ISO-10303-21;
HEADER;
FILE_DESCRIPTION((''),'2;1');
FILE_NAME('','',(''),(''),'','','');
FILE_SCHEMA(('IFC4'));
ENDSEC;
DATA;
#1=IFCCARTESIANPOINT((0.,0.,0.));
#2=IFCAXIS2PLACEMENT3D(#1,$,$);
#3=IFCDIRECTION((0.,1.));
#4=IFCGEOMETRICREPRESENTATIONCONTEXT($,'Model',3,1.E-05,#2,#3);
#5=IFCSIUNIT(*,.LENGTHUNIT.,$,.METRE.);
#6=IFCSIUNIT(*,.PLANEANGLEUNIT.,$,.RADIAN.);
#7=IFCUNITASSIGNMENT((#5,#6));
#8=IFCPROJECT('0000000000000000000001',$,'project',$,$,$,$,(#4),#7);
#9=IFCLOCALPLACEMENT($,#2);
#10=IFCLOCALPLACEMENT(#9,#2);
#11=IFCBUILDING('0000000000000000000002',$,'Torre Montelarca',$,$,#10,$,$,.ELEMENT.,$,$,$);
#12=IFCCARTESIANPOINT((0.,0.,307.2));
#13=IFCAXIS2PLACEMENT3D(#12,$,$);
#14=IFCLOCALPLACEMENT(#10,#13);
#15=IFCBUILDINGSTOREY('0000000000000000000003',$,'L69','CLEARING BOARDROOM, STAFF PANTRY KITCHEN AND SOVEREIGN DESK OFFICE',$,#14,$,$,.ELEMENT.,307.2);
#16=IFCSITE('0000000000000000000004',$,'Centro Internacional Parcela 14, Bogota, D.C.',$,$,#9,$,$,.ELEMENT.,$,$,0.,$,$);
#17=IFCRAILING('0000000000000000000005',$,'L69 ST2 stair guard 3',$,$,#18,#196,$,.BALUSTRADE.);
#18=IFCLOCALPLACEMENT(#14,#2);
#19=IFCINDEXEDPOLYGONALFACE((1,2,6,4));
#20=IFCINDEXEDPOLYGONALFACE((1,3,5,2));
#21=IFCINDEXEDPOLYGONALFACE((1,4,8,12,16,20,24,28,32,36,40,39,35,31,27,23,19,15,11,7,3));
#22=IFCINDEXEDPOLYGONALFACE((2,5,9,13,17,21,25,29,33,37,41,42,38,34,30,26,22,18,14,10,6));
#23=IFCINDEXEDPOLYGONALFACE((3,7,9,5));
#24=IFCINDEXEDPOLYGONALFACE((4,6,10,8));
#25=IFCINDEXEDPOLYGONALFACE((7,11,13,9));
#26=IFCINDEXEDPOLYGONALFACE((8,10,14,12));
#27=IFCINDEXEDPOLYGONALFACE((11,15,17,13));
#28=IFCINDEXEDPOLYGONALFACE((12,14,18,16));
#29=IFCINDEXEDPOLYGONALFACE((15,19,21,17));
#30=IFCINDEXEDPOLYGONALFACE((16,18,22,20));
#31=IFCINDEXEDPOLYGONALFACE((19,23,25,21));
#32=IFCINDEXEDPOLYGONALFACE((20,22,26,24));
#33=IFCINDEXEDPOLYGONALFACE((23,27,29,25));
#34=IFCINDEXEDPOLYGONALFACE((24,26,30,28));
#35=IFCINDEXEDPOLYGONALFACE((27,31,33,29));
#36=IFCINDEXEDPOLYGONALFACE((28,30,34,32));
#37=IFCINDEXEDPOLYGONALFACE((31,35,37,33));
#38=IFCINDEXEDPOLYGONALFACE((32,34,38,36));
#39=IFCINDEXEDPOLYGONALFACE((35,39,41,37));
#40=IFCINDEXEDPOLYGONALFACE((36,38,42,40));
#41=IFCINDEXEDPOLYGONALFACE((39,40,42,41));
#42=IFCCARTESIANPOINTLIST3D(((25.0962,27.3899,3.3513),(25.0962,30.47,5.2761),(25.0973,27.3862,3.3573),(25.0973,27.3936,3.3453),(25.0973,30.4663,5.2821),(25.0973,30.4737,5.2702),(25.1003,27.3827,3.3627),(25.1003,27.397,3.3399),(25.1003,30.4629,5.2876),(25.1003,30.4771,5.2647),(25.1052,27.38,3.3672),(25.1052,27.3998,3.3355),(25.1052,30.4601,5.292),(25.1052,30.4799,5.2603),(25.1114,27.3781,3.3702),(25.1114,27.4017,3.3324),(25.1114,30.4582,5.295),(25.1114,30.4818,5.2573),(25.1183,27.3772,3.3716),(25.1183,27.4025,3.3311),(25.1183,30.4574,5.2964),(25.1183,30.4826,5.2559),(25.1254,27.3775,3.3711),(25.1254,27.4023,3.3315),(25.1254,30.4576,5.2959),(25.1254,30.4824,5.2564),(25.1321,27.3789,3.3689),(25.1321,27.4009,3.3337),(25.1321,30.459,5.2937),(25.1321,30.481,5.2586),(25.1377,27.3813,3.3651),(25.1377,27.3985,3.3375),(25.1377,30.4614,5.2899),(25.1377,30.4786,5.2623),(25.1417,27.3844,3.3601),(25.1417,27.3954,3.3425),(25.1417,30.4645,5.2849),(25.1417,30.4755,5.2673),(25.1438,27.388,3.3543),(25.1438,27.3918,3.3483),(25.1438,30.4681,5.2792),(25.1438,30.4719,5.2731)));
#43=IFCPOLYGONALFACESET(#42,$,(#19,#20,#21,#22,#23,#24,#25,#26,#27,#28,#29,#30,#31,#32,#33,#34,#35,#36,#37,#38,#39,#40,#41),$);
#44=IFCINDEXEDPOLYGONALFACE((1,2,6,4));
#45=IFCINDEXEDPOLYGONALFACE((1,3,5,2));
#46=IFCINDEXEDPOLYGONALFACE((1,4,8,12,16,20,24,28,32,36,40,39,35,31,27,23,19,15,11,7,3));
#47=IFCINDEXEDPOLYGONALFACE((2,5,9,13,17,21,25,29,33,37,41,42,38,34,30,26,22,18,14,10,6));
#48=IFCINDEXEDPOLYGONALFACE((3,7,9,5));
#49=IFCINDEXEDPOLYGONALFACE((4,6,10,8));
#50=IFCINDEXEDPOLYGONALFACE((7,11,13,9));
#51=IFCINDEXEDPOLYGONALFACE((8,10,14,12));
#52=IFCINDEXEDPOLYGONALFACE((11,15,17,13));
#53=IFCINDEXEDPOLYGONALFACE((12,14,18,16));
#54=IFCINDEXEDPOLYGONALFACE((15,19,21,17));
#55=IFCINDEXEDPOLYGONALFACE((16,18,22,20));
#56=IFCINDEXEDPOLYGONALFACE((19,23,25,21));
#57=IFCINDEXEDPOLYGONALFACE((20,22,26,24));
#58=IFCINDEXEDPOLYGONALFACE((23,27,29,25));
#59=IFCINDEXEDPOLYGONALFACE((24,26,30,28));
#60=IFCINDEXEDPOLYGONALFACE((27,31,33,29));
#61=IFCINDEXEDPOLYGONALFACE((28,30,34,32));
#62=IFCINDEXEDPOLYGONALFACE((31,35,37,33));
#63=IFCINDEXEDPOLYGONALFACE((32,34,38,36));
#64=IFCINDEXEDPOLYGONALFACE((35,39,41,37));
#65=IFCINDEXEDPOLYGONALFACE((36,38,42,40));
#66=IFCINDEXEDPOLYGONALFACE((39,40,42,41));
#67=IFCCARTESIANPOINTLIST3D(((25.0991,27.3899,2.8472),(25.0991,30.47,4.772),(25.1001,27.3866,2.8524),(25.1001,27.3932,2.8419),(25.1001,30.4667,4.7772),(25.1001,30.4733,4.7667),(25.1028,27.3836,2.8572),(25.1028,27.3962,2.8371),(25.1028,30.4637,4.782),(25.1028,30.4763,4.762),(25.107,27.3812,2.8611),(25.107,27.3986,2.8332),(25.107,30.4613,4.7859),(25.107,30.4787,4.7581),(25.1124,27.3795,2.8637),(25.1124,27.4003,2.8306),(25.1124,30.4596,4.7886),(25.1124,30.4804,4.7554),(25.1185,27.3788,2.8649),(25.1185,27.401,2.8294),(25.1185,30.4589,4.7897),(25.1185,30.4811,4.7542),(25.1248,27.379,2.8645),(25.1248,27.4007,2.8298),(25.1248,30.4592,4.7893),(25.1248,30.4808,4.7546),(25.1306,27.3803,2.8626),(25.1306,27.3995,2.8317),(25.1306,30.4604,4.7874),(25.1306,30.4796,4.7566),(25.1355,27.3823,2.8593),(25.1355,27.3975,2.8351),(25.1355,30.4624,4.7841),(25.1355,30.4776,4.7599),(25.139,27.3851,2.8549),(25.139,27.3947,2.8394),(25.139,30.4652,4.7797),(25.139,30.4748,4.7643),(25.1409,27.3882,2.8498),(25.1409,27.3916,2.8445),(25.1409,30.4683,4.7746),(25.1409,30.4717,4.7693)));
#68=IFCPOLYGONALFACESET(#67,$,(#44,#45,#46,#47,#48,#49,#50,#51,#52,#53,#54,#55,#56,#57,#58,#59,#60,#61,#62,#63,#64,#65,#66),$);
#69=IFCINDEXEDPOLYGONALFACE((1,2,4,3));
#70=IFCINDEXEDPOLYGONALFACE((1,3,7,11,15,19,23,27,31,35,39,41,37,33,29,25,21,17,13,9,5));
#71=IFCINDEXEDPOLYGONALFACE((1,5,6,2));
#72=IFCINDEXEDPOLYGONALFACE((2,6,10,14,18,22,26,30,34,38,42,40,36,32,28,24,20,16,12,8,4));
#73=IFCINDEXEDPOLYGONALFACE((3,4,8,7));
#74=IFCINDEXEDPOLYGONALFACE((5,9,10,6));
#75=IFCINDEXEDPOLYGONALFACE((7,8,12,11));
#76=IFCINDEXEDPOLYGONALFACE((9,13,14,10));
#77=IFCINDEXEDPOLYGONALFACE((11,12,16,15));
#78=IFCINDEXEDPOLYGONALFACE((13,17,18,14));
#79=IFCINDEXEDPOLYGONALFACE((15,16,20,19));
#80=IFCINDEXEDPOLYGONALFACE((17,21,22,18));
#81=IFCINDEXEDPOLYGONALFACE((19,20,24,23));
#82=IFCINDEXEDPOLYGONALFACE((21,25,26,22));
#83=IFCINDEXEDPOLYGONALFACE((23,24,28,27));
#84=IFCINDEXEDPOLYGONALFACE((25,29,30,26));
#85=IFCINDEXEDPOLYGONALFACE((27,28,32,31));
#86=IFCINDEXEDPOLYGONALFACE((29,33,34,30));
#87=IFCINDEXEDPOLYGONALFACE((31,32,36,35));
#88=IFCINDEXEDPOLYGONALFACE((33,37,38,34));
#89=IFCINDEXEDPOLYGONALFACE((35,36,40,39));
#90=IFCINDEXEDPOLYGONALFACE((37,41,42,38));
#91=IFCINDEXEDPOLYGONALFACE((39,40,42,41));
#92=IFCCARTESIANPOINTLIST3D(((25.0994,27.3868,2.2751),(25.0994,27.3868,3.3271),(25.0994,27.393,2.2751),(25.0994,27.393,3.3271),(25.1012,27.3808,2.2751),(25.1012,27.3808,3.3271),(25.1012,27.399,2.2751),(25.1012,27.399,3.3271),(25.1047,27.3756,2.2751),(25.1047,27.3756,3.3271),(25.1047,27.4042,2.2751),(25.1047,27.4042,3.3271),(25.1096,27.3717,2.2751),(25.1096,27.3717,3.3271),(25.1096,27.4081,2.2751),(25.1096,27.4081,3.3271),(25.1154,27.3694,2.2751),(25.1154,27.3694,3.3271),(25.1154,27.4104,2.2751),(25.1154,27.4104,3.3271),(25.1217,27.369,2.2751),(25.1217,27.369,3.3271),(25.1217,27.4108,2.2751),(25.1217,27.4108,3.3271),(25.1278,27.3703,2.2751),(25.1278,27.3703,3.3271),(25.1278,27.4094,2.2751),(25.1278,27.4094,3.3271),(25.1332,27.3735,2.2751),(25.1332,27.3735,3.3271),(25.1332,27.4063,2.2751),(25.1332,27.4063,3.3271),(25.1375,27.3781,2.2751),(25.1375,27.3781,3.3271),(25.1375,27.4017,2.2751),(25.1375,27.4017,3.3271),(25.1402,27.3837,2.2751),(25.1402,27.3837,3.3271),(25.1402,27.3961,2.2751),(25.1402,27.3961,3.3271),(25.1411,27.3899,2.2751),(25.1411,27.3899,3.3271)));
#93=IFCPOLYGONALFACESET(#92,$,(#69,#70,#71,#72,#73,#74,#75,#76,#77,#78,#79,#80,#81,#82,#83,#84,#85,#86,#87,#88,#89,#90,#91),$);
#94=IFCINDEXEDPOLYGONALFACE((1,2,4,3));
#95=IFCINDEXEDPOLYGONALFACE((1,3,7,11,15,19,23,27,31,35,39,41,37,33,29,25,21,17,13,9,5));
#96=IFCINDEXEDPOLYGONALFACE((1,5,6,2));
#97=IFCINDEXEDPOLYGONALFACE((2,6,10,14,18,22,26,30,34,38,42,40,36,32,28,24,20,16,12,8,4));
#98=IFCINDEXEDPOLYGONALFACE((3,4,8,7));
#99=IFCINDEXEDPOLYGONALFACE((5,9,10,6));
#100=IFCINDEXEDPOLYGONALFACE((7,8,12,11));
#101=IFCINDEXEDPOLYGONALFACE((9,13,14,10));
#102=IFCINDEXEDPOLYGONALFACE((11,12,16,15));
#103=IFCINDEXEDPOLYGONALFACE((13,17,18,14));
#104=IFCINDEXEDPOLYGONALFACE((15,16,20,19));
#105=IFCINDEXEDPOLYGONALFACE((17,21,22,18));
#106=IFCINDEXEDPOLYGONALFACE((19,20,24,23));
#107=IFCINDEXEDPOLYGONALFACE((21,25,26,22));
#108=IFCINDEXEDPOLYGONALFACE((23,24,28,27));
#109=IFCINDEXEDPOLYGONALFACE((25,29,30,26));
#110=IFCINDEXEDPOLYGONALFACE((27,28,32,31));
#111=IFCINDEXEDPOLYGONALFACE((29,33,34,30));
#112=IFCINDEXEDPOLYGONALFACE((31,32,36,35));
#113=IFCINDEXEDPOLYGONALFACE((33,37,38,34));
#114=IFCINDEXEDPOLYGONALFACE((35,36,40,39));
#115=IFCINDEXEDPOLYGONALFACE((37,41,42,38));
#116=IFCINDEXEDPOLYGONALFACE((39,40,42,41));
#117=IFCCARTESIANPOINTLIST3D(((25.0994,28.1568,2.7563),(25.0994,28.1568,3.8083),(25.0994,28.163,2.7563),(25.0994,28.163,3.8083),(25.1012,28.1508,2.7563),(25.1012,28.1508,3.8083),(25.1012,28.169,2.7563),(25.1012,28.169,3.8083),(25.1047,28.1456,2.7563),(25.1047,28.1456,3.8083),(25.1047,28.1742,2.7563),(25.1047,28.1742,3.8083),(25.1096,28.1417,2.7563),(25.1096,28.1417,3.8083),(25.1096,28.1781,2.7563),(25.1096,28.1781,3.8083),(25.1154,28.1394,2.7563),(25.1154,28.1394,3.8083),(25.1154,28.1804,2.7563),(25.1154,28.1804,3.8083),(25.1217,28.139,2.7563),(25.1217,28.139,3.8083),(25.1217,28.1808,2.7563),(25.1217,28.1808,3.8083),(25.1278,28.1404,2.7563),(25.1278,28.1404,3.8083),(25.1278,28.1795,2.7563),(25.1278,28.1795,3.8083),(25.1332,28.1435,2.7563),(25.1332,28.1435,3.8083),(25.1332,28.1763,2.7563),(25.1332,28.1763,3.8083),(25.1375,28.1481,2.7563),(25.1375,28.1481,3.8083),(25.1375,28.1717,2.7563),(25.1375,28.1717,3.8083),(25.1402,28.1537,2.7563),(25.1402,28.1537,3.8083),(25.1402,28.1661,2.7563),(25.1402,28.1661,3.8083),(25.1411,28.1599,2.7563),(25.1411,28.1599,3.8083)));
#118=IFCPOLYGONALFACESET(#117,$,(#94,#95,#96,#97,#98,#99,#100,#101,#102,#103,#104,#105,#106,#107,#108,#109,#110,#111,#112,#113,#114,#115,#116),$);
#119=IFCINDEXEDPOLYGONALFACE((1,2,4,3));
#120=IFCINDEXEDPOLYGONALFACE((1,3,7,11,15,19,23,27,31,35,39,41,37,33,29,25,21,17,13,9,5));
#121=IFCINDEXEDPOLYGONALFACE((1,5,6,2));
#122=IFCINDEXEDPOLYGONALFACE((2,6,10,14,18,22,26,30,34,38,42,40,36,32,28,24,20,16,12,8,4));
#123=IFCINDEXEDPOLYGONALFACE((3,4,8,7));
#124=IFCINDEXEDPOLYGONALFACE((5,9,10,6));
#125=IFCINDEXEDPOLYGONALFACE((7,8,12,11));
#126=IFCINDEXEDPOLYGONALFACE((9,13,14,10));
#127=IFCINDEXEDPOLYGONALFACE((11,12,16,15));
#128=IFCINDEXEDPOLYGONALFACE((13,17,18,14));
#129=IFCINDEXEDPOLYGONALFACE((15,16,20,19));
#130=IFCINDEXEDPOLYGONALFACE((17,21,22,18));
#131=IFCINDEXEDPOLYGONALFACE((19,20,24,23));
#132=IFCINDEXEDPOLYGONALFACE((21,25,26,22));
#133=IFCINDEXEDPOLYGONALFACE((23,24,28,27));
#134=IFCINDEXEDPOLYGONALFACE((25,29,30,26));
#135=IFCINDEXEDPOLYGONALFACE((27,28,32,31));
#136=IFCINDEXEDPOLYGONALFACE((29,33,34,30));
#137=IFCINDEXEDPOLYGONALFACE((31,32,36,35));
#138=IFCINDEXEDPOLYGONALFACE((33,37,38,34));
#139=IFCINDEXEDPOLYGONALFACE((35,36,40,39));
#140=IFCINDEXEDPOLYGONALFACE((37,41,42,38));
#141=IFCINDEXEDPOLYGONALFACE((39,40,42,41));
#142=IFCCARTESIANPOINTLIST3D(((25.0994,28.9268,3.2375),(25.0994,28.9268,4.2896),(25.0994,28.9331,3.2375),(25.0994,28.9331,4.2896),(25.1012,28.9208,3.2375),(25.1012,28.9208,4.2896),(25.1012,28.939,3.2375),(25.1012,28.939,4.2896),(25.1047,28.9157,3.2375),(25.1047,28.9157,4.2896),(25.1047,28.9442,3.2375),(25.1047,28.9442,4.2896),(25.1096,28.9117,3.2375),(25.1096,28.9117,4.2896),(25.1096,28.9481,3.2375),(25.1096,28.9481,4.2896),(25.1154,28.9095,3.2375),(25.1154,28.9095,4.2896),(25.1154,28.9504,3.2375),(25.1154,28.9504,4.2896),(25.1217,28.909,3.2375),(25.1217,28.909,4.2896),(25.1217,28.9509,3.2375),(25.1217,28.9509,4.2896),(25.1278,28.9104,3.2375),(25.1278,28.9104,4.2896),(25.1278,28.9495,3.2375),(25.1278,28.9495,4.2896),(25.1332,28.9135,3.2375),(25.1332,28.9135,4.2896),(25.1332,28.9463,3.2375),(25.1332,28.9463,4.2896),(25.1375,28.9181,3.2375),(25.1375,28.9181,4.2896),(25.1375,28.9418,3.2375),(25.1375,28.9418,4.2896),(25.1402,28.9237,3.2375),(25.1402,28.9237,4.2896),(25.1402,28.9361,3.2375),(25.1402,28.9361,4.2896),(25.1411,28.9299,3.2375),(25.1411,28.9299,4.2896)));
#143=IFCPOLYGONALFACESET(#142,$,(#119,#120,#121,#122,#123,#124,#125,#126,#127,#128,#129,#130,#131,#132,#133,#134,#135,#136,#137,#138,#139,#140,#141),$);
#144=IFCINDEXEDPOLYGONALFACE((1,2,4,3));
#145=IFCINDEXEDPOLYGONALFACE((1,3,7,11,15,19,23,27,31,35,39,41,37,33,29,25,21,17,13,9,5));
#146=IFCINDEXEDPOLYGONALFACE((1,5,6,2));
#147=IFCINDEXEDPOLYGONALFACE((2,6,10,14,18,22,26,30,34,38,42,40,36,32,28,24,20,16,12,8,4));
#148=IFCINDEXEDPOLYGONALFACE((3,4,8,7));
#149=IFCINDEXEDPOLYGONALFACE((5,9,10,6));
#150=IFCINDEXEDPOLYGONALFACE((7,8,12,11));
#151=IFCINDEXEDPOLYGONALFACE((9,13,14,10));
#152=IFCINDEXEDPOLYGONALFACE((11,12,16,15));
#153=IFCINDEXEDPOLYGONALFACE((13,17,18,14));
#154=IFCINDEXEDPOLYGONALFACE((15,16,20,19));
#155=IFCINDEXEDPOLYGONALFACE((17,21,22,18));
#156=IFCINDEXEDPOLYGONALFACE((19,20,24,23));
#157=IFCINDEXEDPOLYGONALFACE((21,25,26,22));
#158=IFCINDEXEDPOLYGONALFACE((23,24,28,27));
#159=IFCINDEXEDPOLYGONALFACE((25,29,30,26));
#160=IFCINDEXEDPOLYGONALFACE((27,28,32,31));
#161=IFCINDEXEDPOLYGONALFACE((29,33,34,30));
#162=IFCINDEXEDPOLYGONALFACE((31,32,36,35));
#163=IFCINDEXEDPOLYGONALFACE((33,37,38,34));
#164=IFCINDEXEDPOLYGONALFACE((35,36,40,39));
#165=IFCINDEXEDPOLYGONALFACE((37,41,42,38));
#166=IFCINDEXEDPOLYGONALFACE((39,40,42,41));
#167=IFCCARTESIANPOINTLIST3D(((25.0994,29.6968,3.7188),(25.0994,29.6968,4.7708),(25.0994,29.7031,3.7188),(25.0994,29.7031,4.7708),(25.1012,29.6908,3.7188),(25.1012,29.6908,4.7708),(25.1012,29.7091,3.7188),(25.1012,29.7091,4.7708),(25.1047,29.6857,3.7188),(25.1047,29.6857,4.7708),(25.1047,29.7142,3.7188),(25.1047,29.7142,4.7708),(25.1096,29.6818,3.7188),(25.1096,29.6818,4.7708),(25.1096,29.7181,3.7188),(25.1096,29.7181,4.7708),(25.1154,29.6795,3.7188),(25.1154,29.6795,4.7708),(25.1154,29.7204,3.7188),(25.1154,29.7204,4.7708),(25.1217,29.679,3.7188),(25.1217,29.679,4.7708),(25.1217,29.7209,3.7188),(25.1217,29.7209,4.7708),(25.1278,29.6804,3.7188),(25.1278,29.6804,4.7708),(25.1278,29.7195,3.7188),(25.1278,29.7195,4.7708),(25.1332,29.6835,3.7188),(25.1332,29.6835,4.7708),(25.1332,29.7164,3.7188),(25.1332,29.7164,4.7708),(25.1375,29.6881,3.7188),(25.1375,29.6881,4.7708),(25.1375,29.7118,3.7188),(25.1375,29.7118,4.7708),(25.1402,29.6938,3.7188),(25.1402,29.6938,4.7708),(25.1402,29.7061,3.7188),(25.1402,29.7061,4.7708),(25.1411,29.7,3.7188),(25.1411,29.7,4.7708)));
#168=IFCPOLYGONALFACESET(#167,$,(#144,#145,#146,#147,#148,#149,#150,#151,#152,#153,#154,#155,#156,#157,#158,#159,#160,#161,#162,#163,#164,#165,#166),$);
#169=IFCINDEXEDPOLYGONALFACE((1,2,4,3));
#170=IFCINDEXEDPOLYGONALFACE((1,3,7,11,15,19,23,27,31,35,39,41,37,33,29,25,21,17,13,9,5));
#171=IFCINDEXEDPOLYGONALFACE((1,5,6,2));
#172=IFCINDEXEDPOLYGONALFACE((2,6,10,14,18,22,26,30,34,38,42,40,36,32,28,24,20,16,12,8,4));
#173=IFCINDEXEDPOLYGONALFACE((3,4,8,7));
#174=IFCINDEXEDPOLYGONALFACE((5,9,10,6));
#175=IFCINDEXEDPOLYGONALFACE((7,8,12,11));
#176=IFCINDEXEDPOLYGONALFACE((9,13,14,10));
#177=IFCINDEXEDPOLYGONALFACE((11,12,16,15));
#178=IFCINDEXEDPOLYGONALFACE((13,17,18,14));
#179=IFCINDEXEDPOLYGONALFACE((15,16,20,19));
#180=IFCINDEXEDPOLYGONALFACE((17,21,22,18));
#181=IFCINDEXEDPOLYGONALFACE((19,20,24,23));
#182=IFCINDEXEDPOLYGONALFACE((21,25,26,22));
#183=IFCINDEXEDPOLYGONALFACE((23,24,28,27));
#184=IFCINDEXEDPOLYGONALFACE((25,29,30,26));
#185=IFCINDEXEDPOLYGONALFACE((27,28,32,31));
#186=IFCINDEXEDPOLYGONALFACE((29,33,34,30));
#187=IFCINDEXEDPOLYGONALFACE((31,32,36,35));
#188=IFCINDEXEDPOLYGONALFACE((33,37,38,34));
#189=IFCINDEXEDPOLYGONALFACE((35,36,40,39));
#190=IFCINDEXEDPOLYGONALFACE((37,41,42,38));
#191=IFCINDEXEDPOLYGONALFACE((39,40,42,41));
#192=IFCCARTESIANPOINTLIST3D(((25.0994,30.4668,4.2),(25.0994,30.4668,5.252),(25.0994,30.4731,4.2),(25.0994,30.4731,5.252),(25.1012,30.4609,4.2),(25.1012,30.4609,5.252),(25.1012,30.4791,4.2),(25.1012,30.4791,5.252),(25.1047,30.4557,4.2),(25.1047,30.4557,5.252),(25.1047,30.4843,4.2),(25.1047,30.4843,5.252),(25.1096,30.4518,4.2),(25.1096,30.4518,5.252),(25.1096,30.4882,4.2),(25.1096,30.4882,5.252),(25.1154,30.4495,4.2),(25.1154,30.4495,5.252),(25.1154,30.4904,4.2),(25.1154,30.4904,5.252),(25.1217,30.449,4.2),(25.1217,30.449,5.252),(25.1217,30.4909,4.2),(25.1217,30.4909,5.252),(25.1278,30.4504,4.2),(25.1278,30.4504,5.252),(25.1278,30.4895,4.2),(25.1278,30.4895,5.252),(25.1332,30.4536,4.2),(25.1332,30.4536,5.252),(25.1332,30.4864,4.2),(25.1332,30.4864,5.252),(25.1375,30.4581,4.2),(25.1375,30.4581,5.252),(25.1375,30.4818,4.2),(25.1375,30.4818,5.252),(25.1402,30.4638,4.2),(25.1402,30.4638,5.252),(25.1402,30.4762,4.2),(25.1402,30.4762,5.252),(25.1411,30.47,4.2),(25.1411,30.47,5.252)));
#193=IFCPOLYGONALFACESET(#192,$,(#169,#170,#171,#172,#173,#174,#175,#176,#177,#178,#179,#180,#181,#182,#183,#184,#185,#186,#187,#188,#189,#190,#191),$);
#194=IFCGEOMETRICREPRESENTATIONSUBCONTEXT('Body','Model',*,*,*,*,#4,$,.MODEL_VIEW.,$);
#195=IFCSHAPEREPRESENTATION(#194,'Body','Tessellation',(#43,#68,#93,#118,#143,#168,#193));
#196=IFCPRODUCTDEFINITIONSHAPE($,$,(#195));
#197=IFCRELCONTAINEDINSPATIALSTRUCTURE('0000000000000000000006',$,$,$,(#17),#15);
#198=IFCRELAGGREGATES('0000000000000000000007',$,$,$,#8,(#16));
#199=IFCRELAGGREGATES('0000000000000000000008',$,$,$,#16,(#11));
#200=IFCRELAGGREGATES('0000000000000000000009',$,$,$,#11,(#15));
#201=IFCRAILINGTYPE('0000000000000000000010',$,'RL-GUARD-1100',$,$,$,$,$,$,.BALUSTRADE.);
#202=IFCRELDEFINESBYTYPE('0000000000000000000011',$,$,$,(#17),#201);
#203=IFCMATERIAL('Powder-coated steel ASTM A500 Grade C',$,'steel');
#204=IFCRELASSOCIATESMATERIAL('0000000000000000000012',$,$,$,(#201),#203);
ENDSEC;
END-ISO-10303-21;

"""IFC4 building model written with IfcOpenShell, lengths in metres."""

from ifc_helpers import new_model, si_unit, direction, frame, origin, origin_2d, place, context, subcontext, project, spatial, circle, extrude, material, type_object, element, save


model = new_model("IFC4")

# Units and contexts
model_context = context("Model", 3, precision=1e-05, world=origin(), true_north=direction((0.0, 1.0)))
body_context = subcontext(model_context, "Body", "Model", "MODEL_VIEW")
ifc_project = project(units=[si_unit("LENGTHUNIT", "METRE"), si_unit("PLANEANGLEUNIT", "RADIAN")], contexts=[model_context])

# Site, building, storey
site_placement = place(None, origin())
site = spatial("IfcSite", under=ifc_project, at=site_placement, Name="Centro Internacional Parcela 14, Bogota, D.C.", CompositionType="ELEMENT", RefElevation=0.0)
building_placement = place(site_placement, origin())
building = spatial("IfcBuilding", under=site, at=building_placement, Name="Torre Montelarca", CompositionType="ELEMENT")
storey_placement = place(building_placement, frame((0.0, 0.0, 307.2)))
storey = spatial("IfcBuildingStorey", under=building, at=storey_placement, Name="L69", Description="CLEARING BOARDROOM, STAFF PANTRY KITCHEN AND SOVEREIGN DESK OFFICE", CompositionType="ELEMENT", Elevation=307.2)

# Railing
ifc_material_1 = material(Name="Powder-coated steel ASTM A500 Grade C", Category="steel")
railing_type_1 = type_object("IfcRailingType", Name="RL-GUARD-1100", PredefinedType="BALUSTRADE", material=ifc_material_1)
railing_1_placement = place(storey_placement, frame((25.1201, 27.3899, 2.2751)))
element("IfcRailing", 1, at=railing_1_placement, inside=storey, type_object=railing_type_1, Name="L69 ST2 stair guard 3", PredefinedType="BALUSTRADE", context=body_context, shape_type="SweptSolid", body=[
    extrude(circle(Radius=0.0239, at=origin_2d()), frame((0.0, 0.0, 1.0762), z_axis=(0.0, 0.848029, 0.529951), x_axis=(-1.0, 0.0, 0.0)), (0.0, 0.0, 1.0), 3.6321),
    extrude(circle(Radius=0.021, at=origin_2d()), frame((0.0, 0.0, 0.572), z_axis=(0.0, 0.848029, 0.529951), x_axis=(-1.0, 0.0, 0.0)), (0.0, 0.0, 1.0), 3.6321),
    extrude(circle(Radius=0.021, at=origin_2d()), origin(), (0.0, 0.0, 1.0), 1.052),
    extrude(circle(Radius=0.021, at=origin_2d()), frame((0.0, 0.77, 0.4812)), (0.0, 0.0, 1.0), 1.052),
    extrude(circle(Radius=0.021, at=origin_2d()), frame((0.0, 1.54, 0.9624)), (0.0, 0.0, 1.0), 1.052),
    extrude(circle(Radius=0.021, at=origin_2d()), frame((0.0, 2.3101, 1.4436)), (0.0, 0.0, 1.0), 1.052),
    extrude(circle(Radius=0.021, at=origin_2d()), frame((0.0, 3.0801, 1.9248)), (0.0, 0.0, 1.0), 1.052),
])

save(model, "model.ifc")
